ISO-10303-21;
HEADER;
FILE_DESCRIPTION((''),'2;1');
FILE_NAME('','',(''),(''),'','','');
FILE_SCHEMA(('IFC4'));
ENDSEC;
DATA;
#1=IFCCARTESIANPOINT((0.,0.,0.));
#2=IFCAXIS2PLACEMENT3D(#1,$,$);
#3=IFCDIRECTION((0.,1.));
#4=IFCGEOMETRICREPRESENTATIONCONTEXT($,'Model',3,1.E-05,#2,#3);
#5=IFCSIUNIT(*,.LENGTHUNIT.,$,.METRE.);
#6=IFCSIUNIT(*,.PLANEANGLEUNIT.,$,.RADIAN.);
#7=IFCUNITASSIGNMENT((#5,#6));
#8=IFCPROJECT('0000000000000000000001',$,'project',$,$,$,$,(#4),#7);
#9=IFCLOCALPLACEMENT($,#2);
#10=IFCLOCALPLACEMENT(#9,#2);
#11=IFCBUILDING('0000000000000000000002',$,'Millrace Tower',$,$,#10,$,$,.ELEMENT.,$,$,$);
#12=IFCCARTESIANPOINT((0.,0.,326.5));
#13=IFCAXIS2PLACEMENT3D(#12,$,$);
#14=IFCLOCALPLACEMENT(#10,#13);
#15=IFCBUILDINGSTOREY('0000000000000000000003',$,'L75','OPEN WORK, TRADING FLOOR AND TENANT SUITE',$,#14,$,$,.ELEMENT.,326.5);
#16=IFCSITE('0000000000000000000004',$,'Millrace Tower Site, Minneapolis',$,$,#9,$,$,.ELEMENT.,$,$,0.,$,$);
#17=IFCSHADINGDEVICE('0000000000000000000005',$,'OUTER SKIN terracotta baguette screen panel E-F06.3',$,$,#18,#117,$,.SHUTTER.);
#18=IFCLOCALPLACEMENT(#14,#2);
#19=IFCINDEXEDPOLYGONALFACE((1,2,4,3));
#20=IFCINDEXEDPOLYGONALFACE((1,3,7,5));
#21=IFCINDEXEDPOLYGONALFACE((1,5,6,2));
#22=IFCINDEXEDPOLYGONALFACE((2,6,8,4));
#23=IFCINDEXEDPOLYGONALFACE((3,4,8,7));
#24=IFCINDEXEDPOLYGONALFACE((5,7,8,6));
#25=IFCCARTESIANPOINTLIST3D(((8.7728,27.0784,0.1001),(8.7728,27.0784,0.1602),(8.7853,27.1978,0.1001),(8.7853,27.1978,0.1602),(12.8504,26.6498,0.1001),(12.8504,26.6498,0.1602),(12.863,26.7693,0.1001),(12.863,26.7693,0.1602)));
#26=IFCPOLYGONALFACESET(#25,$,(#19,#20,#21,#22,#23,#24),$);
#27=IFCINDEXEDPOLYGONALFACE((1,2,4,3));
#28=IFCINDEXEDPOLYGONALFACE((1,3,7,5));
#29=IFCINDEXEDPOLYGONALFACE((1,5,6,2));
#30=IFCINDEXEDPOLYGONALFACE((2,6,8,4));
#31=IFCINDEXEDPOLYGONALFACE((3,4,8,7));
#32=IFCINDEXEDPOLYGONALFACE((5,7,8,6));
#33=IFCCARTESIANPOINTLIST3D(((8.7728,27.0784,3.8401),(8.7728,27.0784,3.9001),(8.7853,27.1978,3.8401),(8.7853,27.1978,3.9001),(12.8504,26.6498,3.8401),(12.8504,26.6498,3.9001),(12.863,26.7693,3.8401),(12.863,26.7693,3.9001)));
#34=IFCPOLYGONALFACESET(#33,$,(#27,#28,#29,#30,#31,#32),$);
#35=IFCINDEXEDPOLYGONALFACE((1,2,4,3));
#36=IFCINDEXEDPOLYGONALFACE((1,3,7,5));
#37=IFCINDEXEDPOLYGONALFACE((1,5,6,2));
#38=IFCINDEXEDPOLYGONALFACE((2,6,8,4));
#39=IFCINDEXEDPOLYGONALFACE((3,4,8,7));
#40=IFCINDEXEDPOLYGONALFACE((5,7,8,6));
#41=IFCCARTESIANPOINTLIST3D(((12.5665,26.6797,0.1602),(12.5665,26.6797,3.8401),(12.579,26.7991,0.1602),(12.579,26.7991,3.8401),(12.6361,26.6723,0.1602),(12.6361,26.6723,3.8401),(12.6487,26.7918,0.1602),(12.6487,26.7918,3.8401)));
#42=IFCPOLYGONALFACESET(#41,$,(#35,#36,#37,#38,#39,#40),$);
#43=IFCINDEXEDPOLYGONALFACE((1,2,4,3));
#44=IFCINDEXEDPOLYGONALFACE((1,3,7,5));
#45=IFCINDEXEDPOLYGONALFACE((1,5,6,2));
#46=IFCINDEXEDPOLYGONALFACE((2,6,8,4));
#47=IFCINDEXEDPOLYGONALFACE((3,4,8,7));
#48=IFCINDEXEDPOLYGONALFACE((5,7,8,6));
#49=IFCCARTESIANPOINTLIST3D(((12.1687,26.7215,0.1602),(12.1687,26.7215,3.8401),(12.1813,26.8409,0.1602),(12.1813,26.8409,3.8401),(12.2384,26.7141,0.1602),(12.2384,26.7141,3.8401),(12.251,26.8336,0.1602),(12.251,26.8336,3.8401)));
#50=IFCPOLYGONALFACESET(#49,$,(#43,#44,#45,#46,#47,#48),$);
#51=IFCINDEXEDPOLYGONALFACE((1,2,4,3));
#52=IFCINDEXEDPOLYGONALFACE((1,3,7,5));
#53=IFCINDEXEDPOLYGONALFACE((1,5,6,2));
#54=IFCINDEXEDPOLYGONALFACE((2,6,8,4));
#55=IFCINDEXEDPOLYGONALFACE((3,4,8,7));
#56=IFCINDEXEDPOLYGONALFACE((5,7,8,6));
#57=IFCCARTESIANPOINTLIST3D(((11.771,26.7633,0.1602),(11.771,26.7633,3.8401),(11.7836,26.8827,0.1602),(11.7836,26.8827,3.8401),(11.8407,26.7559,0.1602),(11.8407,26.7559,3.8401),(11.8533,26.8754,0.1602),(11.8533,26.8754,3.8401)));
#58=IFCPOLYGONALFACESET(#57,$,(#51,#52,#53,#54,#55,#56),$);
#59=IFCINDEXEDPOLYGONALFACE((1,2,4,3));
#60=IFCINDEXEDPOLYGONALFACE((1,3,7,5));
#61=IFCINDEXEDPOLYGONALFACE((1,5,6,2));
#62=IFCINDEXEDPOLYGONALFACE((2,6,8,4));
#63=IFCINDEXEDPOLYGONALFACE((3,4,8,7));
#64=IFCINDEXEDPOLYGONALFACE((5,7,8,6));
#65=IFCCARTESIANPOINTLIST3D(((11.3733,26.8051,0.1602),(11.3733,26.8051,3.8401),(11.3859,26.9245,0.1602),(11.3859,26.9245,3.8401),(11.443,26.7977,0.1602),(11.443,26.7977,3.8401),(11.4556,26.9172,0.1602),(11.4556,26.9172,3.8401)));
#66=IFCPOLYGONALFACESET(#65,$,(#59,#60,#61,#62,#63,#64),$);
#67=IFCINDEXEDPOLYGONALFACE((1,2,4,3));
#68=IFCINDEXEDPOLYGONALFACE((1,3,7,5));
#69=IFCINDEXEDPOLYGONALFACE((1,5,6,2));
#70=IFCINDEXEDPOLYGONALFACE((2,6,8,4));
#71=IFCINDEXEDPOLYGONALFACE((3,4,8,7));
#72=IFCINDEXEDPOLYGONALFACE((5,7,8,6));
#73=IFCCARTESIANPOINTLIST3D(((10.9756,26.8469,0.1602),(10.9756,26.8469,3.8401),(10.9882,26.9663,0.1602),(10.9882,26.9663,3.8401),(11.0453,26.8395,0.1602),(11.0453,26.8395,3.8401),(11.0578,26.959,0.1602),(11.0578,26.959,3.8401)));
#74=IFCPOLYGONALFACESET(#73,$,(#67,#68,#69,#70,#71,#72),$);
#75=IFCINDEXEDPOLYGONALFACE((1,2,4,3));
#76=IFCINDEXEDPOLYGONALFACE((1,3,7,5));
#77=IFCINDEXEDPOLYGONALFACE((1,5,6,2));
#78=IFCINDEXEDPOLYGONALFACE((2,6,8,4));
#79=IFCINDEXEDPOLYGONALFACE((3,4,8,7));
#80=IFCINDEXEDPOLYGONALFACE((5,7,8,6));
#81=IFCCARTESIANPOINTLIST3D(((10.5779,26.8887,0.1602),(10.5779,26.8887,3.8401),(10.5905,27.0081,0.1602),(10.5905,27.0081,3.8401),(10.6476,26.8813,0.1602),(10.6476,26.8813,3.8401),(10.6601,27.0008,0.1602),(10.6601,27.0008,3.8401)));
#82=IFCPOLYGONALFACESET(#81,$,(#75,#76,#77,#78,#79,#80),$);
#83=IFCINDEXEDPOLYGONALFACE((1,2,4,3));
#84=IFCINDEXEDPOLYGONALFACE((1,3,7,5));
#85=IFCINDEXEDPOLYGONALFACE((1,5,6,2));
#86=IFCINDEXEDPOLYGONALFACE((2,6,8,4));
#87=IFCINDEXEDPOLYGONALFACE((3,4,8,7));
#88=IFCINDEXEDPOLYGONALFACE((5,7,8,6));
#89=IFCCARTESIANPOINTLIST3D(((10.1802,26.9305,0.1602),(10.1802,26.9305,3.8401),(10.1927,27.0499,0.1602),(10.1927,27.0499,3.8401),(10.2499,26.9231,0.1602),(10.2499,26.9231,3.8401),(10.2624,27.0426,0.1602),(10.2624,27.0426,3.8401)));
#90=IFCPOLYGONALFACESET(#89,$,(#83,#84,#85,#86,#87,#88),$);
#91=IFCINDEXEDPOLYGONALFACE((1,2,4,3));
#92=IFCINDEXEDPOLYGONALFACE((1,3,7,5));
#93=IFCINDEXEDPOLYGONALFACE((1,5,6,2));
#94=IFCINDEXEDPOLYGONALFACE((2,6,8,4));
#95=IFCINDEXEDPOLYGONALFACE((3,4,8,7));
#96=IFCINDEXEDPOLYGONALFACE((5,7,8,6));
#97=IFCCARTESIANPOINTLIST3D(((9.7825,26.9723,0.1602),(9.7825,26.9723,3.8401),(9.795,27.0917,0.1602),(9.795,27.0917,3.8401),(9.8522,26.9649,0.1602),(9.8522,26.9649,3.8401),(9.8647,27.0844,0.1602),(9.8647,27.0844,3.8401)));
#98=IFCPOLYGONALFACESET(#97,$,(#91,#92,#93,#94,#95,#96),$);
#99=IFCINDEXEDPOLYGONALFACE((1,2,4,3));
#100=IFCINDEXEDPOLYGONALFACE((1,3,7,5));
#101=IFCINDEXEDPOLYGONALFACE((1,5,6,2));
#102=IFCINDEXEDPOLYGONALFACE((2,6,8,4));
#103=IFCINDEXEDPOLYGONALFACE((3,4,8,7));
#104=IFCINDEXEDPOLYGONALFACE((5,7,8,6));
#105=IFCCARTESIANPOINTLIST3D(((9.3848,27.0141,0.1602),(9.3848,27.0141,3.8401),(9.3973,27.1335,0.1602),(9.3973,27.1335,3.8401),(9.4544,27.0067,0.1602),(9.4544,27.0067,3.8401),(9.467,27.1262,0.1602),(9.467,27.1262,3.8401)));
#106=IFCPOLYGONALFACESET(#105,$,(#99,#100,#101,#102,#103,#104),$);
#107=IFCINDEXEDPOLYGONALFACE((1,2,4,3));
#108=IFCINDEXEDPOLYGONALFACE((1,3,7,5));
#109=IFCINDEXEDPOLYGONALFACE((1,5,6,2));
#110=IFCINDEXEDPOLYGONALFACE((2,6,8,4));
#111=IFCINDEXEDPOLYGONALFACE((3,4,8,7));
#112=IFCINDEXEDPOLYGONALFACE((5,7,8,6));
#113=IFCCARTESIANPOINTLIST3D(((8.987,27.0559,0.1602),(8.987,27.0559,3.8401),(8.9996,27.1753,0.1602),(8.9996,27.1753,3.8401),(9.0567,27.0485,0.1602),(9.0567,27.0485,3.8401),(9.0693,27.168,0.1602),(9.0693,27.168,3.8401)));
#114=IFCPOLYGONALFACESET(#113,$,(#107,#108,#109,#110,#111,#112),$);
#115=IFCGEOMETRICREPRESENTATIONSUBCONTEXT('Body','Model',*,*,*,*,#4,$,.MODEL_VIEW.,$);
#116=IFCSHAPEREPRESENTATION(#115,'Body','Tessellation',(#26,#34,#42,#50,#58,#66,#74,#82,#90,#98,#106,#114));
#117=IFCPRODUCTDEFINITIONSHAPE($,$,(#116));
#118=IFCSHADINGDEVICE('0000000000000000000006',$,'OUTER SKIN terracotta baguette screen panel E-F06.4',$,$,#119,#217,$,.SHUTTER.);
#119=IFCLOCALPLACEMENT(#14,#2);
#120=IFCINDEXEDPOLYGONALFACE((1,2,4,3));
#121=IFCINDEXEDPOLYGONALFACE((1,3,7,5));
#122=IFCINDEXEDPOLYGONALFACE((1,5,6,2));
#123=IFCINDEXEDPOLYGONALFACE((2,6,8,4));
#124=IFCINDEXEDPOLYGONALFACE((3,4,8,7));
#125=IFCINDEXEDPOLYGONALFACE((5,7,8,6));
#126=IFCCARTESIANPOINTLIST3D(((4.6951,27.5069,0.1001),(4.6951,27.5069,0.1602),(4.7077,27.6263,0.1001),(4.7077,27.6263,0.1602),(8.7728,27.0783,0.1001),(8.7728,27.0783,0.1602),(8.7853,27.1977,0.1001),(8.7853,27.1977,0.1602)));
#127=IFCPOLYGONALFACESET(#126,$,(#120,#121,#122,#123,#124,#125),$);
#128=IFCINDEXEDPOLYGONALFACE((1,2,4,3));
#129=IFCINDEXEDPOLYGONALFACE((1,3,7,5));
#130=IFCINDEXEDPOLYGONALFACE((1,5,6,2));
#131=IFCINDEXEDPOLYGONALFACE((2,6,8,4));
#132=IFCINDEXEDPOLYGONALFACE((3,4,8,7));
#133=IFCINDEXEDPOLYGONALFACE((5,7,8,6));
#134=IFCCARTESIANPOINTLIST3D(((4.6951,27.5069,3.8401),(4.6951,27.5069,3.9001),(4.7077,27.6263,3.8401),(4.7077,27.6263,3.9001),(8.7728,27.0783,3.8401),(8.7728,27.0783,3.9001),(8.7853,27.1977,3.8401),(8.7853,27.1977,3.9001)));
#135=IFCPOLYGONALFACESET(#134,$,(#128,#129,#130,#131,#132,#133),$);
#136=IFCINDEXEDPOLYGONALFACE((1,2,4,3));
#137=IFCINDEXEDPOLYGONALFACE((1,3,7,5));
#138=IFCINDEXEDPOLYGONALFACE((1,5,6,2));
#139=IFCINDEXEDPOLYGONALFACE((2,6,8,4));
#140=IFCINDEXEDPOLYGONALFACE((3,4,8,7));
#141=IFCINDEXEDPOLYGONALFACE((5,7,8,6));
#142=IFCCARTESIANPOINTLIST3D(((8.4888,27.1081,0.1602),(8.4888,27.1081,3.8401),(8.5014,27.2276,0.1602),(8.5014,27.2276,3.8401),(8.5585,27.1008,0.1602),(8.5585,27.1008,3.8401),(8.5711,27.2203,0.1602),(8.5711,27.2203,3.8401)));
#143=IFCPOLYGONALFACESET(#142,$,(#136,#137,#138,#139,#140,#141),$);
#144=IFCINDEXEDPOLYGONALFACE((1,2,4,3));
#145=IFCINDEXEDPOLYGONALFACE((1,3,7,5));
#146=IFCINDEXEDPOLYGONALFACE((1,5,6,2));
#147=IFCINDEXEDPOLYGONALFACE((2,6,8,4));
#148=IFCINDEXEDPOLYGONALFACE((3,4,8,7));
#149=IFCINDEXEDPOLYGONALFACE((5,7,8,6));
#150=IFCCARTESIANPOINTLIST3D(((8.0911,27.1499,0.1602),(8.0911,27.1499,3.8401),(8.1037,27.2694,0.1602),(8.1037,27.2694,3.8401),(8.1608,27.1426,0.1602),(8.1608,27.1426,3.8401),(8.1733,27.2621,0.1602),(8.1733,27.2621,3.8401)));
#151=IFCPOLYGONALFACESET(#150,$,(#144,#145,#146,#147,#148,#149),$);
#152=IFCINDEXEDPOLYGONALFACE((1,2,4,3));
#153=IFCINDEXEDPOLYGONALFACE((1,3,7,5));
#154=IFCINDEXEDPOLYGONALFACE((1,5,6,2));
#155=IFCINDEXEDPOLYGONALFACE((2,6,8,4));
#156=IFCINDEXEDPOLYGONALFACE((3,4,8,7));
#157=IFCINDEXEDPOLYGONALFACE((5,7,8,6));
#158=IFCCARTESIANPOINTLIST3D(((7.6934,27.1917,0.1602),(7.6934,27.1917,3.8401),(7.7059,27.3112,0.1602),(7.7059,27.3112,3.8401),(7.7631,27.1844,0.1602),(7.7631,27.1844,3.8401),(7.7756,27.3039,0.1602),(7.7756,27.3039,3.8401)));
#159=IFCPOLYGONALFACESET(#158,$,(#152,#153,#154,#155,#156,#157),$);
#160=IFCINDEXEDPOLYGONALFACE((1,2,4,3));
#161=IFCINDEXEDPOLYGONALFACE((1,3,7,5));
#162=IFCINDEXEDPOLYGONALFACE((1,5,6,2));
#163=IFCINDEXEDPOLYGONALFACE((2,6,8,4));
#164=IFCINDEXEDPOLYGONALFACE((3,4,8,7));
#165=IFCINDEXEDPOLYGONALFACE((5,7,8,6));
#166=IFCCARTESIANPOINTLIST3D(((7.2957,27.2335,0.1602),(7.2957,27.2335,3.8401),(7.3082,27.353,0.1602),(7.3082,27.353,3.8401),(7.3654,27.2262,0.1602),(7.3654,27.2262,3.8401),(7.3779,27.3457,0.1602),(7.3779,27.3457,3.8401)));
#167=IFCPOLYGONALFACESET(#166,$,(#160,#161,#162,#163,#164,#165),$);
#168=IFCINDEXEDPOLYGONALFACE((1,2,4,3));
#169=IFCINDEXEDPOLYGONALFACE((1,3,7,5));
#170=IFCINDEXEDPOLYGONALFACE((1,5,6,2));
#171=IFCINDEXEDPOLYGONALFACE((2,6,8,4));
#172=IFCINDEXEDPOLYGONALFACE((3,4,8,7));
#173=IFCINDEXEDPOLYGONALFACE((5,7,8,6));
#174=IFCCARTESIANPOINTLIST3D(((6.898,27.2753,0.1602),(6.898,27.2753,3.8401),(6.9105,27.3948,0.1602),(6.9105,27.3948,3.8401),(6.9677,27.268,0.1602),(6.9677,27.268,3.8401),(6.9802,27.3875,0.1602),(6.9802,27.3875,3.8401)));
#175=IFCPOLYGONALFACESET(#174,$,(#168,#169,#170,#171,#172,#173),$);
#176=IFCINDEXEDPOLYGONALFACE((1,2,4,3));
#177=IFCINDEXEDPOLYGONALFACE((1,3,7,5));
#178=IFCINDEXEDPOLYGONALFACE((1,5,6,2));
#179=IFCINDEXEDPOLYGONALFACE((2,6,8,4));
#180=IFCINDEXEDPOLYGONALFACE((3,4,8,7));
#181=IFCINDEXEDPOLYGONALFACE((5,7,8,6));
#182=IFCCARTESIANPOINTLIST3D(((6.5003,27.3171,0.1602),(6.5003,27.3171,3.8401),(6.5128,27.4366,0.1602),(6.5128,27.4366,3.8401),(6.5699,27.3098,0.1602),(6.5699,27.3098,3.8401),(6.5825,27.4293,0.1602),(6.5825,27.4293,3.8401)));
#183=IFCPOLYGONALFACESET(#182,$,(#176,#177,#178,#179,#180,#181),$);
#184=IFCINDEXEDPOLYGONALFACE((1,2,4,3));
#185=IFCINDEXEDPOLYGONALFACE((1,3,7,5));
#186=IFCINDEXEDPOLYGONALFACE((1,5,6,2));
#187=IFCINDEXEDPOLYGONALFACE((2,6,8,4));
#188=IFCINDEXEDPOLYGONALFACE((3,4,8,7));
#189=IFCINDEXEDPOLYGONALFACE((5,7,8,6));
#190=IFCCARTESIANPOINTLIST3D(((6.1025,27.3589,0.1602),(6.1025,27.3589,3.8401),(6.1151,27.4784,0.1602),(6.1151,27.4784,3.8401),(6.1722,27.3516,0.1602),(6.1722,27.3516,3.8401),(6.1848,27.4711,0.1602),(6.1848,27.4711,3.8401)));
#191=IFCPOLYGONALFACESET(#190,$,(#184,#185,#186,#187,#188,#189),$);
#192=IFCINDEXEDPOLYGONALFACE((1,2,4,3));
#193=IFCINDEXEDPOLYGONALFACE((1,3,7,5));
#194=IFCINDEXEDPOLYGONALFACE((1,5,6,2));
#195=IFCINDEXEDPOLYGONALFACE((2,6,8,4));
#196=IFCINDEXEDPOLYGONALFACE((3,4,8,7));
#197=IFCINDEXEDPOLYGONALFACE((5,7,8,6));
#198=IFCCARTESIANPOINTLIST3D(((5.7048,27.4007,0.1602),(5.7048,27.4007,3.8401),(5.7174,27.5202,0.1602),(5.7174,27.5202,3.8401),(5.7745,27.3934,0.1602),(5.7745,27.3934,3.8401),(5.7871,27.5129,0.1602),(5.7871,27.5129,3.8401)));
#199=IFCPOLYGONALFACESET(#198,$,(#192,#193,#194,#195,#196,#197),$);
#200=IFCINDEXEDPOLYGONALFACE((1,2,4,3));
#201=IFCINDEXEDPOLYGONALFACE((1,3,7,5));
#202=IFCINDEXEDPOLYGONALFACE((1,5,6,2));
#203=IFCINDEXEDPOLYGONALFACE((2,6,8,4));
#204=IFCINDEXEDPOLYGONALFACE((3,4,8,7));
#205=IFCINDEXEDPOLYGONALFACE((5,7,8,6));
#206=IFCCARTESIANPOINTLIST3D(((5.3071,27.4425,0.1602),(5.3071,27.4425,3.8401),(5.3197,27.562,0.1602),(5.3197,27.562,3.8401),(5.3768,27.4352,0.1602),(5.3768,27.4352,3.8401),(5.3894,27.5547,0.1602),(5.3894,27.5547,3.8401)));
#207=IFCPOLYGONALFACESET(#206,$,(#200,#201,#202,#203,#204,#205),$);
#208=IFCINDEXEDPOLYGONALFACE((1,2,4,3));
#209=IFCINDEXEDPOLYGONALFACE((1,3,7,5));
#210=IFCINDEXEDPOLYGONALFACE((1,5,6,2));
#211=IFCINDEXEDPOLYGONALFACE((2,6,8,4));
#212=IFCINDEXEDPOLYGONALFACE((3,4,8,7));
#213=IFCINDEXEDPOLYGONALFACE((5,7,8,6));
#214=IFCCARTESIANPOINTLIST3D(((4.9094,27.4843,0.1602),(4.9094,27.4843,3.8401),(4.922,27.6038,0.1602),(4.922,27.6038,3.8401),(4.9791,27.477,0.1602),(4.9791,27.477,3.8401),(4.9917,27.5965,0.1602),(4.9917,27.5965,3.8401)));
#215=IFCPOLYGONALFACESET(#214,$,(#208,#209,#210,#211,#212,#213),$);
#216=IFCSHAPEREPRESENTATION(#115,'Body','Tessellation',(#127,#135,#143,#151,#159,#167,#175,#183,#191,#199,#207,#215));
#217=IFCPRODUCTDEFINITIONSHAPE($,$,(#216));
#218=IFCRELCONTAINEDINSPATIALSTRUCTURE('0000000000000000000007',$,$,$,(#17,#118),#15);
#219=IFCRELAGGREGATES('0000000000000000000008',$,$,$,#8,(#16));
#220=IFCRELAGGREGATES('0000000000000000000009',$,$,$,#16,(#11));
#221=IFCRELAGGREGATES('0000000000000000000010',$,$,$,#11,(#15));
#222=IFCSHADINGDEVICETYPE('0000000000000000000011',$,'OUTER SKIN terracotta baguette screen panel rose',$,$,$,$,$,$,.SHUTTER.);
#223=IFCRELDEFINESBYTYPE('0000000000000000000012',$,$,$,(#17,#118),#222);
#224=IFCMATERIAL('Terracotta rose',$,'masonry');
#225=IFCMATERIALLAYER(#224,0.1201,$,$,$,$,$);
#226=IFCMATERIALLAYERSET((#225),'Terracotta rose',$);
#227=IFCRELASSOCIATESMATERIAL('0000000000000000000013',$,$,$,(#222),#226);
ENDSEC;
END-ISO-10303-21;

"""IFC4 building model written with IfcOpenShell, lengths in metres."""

from ifc_helpers import new_model, entity, si_unit, direction, frame, frame_2d, origin, place, context, subcontext, project, spatial, rectangle, extrude, source, transform, mapped, material, layer, layer_set, type_object, element, save


model = new_model("IFC4")

# Units and contexts
model_context = context("Model", 3, precision=1e-05, world=origin(), true_north=direction((0.0, 1.0)))
body_context = subcontext(model_context, "Body", "Model", "MODEL_VIEW")
ifc_project = project(units=[si_unit("LENGTHUNIT", "METRE"), si_unit("PLANEANGLEUNIT", "RADIAN")], contexts=[model_context])

# Site, building, storey
site_placement = place(None, origin())
site = spatial("IfcSite", under=ifc_project, at=site_placement, Name="Millrace Tower Site, Minneapolis", CompositionType="ELEMENT", RefElevation=0.0)
building_placement = place(site_placement, origin())
building = spatial("IfcBuilding", under=site, at=building_placement, Name="Millrace Tower", CompositionType="ELEMENT")
storey_placement = place(building_placement, frame((0.0, 0.0, 326.5)))
storey = spatial("IfcBuildingStorey", under=building, at=storey_placement, Name="L75", Description="OPEN WORK, TRADING FLOOR AND TENANT SUITE", CompositionType="ELEMENT", Elevation=326.5)

# Shading devices
ifc_material_1 = material(Name="Terracotta rose", Category="masonry")
ifc_layer_1 = layer(ifc_material_1, 0.1201)
ifc_layer_set_1 = layer_set([ifc_layer_1], Name="Terracotta rose")
shading_device_type = type_object("IfcShadingDeviceType", Name="OUTER SKIN terracotta baguette screen panel rose", PredefinedType="SHUTTER", material=ifc_layer_set_1)
cartesian_point = entity("IfcCartesianPoint", [-2.05, 0.0601])
shared_polyline = entity("IfcPolyline", [cartesian_point, entity("IfcCartesianPoint", [2.05, 0.0601]), entity("IfcCartesianPoint", [2.05, -0.0601]), entity("IfcCartesianPoint", [-2.05, -0.0601]), cartesian_point])
shared_shape = source(origin(), body_context, "Body", "SweptSolid", [
    entity("IfcExtrudedAreaSolid", entity("IfcArbitraryClosedProfileDef", "AREA", None, shared_polyline), entity("IfcAxis2Placement3D", entity("IfcCartesianPoint", [0.0, 0.0, 0.0])), entity("IfcDirection", [0.0, 0.0, 1.0]), 0.0601),
    entity("IfcExtrudedAreaSolid", entity("IfcArbitraryClosedProfileDef", "AREA", None, shared_polyline), entity("IfcAxis2Placement3D", entity("IfcCartesianPoint", [0.0, 0.0, 3.74])), entity("IfcDirection", [0.0, 0.0, 1.0]), 0.0601),
    extrude(rectangle(XDim=0.0701, YDim=0.1201, at=frame_2d((-1.7996, 0.0))), frame((0.0, 0.0, 0.0601)), (0.0, 0.0, 1.0), 3.6799),
    extrude(rectangle(XDim=0.0701, YDim=0.1201, at=frame_2d((-1.3997, 0.0))), frame((0.0, 0.0, 0.0601)), (0.0, 0.0, 1.0), 3.6799),
    extrude(rectangle(XDim=0.0701, YDim=0.1201, at=frame_2d((-0.9998, 0.0))), frame((0.0, 0.0, 0.0601)), (0.0, 0.0, 1.0), 3.6799),
    extrude(rectangle(XDim=0.0701, YDim=0.1201, at=frame_2d((-0.5999, 0.0))), frame((0.0, 0.0, 0.0601)), (0.0, 0.0, 1.0), 3.6799),
    extrude(rectangle(XDim=0.0701, YDim=0.1201, at=frame_2d((-0.2, 0.0))), frame((0.0, 0.0, 0.0601)), (0.0, 0.0, 1.0), 3.6799),
    extrude(rectangle(XDim=0.0701, YDim=0.1201, at=frame_2d((0.2, 0.0))), frame((0.0, 0.0, 0.0601)), (0.0, 0.0, 1.0), 3.6799),
    extrude(rectangle(XDim=0.0701, YDim=0.1201, at=frame_2d((0.5999, 0.0))), frame((0.0, 0.0, 0.0601)), (0.0, 0.0, 1.0), 3.6799),
    extrude(rectangle(XDim=0.0701, YDim=0.1201, at=frame_2d((0.9998, 0.0))), frame((0.0, 0.0, 0.0601)), (0.0, 0.0, 1.0), 3.6799),
    extrude(rectangle(XDim=0.0701, YDim=0.1201, at=frame_2d((1.3997, 0.0))), frame((0.0, 0.0, 0.0601)), (0.0, 0.0, 1.0), 3.6799),
    extrude(rectangle(XDim=0.0701, YDim=0.1201, at=frame_2d((1.7996, 0.0))), frame((0.0, 0.0, 0.0601)), (0.0, 0.0, 1.0), 3.6799),
])
for number, where, z_axis, x_axis, name in (
    (1, (10.8179, 26.9238, 0.1001), (0.0, 0.0, 1.0), (-0.994522, 0.104528, 0.0), "OUTER SKIN terracotta baguette screen panel E-F06.3"),
    (2, (6.7402, 27.3523, 0.1001), (0.0, 0.0, 1.0), (-0.994522, 0.104528, 0.0), "OUTER SKIN terracotta baguette screen panel E-F06.4"),
):
    element("IfcShadingDevice", number, at=place(storey_placement, frame(where, z_axis=z_axis, x_axis=x_axis)), inside=storey, type_object=shading_device_type, Name=name, PredefinedType="SHUTTER", context=body_context, shape_type="MappedRepresentation", body=[
        mapped(shared_shape, transform((0.0, 0.0, 0.0), scale=1.0)),
    ])

save(model, "model.ifc")
